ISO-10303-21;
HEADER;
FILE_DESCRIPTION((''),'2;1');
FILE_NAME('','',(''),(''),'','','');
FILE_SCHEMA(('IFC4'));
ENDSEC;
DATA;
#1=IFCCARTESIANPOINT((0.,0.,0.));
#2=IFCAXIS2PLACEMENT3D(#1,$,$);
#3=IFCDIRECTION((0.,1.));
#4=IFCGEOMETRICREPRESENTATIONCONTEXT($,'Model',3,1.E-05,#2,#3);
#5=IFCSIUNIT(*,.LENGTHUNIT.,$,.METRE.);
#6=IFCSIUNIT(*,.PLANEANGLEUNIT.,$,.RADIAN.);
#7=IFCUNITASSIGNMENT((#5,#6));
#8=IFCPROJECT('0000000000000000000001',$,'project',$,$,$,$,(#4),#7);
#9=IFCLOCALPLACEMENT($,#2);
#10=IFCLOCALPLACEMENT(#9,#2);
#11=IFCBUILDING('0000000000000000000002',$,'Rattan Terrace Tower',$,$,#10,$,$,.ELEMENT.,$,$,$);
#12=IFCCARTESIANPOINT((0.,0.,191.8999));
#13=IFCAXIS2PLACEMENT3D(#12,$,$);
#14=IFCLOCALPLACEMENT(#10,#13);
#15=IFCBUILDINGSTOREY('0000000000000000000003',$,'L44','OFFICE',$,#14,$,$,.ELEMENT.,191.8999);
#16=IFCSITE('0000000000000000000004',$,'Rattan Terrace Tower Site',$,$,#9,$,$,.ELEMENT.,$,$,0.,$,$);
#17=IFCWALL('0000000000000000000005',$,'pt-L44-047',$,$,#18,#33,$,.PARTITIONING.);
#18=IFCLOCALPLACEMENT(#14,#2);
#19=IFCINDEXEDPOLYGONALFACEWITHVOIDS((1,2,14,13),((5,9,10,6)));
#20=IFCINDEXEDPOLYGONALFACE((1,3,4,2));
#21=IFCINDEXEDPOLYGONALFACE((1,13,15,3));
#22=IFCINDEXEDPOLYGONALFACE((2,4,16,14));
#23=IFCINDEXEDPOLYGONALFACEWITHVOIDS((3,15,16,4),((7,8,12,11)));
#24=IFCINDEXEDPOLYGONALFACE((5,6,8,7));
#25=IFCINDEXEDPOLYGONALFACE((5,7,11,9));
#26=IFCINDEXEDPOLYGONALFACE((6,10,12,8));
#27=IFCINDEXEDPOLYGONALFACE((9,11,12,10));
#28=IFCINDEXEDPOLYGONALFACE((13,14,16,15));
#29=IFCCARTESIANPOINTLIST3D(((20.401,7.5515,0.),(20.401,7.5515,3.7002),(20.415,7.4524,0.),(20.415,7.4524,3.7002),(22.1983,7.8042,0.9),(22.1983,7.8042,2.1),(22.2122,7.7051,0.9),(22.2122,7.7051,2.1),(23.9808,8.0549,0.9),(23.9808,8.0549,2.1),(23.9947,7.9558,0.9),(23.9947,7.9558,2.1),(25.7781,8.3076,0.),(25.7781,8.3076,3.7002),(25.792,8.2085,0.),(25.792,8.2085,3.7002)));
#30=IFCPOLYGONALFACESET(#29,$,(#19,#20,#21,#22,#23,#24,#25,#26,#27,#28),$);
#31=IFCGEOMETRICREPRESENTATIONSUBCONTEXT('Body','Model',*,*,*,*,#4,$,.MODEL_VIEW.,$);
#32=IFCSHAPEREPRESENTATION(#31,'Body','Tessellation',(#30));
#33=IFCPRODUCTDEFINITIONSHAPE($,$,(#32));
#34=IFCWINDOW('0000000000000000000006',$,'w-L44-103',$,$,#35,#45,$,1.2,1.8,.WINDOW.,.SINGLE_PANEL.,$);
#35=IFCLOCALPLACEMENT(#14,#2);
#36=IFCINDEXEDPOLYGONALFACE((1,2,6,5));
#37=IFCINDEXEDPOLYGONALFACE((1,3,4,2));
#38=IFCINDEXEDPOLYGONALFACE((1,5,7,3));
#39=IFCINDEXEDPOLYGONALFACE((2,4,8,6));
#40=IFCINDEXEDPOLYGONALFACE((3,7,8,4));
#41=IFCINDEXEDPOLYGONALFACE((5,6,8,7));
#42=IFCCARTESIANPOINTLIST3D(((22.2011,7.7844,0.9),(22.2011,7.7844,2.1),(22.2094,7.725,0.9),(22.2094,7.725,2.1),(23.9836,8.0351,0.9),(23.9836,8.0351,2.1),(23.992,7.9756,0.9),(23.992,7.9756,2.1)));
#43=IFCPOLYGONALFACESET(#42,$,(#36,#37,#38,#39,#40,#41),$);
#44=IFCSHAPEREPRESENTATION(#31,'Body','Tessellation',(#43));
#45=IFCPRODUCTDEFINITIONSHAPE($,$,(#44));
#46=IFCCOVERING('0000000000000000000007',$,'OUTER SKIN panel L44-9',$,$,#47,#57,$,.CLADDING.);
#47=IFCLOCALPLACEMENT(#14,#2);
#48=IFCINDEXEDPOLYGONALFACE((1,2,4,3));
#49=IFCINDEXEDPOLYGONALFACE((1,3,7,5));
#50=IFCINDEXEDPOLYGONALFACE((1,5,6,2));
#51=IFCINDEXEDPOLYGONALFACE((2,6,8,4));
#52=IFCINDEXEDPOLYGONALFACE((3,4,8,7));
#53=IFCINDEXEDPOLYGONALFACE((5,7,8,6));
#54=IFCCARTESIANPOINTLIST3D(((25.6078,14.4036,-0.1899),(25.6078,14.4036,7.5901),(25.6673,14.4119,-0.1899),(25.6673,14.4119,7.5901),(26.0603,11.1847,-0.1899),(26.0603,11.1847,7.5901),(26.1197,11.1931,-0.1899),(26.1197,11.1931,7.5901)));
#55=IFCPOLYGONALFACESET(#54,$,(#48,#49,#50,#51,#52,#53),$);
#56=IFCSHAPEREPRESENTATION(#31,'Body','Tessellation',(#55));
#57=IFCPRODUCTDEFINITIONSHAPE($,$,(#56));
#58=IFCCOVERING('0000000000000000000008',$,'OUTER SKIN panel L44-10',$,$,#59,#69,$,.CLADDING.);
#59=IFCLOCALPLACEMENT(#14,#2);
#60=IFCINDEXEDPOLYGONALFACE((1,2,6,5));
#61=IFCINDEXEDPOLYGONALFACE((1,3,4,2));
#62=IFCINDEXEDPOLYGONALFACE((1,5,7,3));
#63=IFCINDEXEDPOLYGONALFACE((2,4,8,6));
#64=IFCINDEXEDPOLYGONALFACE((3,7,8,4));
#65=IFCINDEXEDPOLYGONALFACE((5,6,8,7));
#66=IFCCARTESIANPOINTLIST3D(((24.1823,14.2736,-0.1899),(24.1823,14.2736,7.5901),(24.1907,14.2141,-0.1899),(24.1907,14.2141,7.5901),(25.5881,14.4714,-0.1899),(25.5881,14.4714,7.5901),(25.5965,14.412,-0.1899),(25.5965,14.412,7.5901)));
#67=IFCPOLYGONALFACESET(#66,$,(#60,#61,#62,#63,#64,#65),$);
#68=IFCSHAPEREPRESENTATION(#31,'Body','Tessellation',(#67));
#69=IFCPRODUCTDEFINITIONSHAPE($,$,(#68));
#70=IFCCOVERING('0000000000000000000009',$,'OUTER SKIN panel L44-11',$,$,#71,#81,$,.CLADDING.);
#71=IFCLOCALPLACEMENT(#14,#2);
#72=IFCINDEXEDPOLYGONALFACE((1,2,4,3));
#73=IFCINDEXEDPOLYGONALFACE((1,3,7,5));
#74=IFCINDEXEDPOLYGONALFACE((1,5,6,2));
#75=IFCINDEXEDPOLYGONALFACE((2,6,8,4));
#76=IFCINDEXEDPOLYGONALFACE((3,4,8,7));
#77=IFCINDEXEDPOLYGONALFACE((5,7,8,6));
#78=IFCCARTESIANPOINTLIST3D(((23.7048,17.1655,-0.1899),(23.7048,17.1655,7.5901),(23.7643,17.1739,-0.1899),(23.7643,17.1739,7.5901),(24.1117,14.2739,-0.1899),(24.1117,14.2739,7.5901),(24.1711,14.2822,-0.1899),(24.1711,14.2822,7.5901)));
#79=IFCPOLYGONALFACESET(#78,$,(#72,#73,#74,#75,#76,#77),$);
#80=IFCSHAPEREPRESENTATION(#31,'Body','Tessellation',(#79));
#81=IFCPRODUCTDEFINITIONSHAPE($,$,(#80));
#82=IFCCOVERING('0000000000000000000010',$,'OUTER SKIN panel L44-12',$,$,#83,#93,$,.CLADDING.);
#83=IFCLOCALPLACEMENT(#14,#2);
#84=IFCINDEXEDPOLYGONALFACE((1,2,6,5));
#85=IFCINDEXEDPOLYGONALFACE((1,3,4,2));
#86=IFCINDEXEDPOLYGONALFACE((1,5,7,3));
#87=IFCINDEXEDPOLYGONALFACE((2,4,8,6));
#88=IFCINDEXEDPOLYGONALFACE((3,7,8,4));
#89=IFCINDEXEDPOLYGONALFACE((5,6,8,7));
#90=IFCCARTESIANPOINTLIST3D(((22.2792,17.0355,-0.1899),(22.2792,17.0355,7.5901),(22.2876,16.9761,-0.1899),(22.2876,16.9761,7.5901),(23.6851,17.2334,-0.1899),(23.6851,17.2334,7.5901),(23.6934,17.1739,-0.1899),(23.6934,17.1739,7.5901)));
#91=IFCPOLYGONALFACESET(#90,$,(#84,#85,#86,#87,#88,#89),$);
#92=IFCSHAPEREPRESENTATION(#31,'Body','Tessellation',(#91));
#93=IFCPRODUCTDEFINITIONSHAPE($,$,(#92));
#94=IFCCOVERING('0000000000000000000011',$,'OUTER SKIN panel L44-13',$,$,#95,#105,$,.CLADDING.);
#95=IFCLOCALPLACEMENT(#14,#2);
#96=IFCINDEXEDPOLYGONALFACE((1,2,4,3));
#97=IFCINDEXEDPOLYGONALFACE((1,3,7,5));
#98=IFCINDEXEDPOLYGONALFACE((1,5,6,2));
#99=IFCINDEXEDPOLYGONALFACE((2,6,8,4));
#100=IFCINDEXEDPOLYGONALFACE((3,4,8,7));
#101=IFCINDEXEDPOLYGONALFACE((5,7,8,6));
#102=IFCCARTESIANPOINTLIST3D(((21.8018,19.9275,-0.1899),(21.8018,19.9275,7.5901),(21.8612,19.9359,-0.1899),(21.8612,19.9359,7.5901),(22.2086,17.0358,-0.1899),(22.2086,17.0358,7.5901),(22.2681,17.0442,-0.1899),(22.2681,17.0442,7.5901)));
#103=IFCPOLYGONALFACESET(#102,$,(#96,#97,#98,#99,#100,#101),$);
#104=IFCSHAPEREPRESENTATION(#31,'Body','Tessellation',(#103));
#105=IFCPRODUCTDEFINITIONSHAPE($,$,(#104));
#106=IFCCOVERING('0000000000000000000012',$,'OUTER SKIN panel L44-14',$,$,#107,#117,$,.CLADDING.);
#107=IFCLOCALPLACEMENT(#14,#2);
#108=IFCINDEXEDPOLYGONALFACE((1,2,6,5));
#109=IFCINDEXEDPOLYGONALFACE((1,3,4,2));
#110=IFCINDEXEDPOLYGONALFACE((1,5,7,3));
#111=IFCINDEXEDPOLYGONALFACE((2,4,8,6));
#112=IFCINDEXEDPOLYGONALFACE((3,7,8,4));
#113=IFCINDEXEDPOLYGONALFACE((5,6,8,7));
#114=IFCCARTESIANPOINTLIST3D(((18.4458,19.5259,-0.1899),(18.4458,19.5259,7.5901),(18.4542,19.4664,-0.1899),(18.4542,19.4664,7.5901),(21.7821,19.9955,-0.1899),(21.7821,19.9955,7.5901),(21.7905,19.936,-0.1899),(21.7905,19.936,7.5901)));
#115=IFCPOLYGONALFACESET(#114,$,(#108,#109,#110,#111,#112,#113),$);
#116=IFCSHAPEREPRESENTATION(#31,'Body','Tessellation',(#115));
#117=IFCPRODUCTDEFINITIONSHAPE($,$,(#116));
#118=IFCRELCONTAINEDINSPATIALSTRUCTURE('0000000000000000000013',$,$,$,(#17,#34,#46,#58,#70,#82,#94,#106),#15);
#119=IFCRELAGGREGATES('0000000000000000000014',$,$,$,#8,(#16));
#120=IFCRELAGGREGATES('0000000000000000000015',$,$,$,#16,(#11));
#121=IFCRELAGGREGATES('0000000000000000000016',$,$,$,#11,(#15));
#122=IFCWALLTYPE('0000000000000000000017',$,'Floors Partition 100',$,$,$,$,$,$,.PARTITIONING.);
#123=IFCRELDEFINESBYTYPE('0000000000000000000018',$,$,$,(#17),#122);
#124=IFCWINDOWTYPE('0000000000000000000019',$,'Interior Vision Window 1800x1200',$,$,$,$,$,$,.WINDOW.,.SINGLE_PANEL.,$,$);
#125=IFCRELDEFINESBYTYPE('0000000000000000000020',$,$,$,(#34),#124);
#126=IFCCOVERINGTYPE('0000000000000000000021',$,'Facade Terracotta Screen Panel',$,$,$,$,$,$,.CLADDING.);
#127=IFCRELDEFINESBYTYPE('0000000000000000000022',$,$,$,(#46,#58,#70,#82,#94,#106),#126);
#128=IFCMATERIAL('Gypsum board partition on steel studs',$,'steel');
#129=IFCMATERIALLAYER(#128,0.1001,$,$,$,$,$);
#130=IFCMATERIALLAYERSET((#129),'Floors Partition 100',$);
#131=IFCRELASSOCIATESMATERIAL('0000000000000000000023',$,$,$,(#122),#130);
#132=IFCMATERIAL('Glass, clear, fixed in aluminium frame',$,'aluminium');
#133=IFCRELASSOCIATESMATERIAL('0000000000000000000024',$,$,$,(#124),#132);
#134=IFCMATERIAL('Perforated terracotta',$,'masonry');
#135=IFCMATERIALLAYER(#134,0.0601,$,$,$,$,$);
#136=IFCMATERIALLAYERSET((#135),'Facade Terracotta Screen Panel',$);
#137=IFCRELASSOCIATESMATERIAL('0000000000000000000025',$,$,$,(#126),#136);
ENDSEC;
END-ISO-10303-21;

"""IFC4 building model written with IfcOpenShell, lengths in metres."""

from ifc_helpers import new_model, si_unit, direction, frame, frame_2d, origin, origin_2d, place, context, subcontext, project, spatial, rectangle, extrude, material, layer, layer_set, type_object, element, fill, save


model = new_model("IFC4")

# Units and contexts
model_context = context("Model", 3, precision=1e-05, world=origin(), true_north=direction((0.0, 1.0)))
body_context = subcontext(model_context, "Body", "Model", "MODEL_VIEW")
ifc_project = project(units=[si_unit("LENGTHUNIT", "METRE"), si_unit("PLANEANGLEUNIT", "RADIAN")], contexts=[model_context])

# Site, building, storey
site_placement = place(None, origin())
site = spatial("IfcSite", under=ifc_project, at=site_placement, Name="Rattan Terrace Tower Site", CompositionType="ELEMENT", RefElevation=0.0)
building_placement = place(site_placement, origin())
building = spatial("IfcBuilding", under=site, at=building_placement, Name="Rattan Terrace Tower", CompositionType="ELEMENT")
storey_placement = place(building_placement, frame((0.0, 0.0, 191.8999)))
storey = spatial("IfcBuildingStorey", under=building, at=storey_placement, Name="L44", Description="OFFICE", CompositionType="ELEMENT", Elevation=191.8999)

# Wall, opening, window
ifc_material_1 = material(Name="Gypsum board partition on steel studs", Category="steel")
ifc_layer_1 = layer(ifc_material_1, 0.1001)
ifc_layer_set_1 = layer_set([ifc_layer_1], Name="Floors Partition 100")
wall_type_1 = type_object("IfcWallType", Name="Floors Partition 100", PredefinedType="PARTITIONING", material=ifc_layer_set_1)
wall_1_placement = place(storey_placement, frame((25.7849, 8.2581, 0.0), z_axis=(0.0, 0.0, 1.0), x_axis=(-0.990257, -0.139249, 0.0)))
wall_1 = element("IfcWall", 1, at=wall_1_placement, inside=storey, type_object=wall_type_1, Name="pt-L44-047", PredefinedType="PARTITIONING", context=body_context, shape_type="SweptSolid", body=[
    extrude(rectangle(XDim=5.4299, YDim=0.1001, at=frame_2d((2.7148, 0.0))), origin(), (0.0, 0.0, 1.0), 3.7002),
])
opening_placement = place(wall_1_placement, frame((1.8149, 0.0, 0.8999)))
opening = element("IfcOpeningElement", 2, at=opening_placement, cuts=wall_1, PredefinedType="OPENING", context=body_context, shape_type="SweptSolid", body=[
    extrude(rectangle(XDim=1.8, YDim=1.2, at=frame_2d((0.8999, 0.6001))), frame((0.0, 0.0605, 0.0), z_axis=(0.0, -1.0, 0.0), x_axis=(1.0, 0.0, 0.0)), (0.0, 0.0, 1.0), 0.1211),
])
ifc_material_2 = material(Name="Glass, clear, fixed in aluminium frame", Category="aluminium")
window_type = type_object("IfcWindowType", Name="Interior Vision Window 1800x1200", PartitioningType="SINGLE_PANEL", PredefinedType="WINDOW", material=ifc_material_2)
window_placement = place(opening_placement, origin())
window = element("IfcWindow", 3, at=window_placement, inside=storey, type_object=window_type, Name="w-L44-103", OverallHeight=1.2, OverallWidth=1.8, PartitioningType="SINGLE_PANEL", PredefinedType="WINDOW", context=body_context, shape_type="SweptSolid", body=[
    extrude(rectangle(XDim=1.8, YDim=1.2, at=frame_2d((0.8999, 0.6001))), frame((0.0, 0.03, 0.0), z_axis=(0.0, -1.0, 0.0), x_axis=(1.0, 0.0, 0.0)), (0.0, 0.0, 1.0), 0.0601),
])
fill(opening, window)

# Coverings
ifc_material_3 = material(Name="Perforated terracotta", Category="masonry")
ifc_layer_2 = layer(ifc_material_3, 0.0601)
ifc_layer_set_2 = layer_set([ifc_layer_2], Name="Facade Terracotta Screen Panel")
covering_type = type_object("IfcCoveringType", Name="Facade Terracotta Screen Panel", PredefinedType="CLADDING", material=ifc_layer_set_2)
covering_1_placement = place(storey_placement, frame((25.8638, 12.7983, -0.1899), z_axis=(0.0, 0.0, 1.0), x_axis=(-0.139191, 0.990266, 0.0)))
element("IfcCovering", 4, at=covering_1_placement, inside=storey, type_object=covering_type, Name="OUTER SKIN panel L44-9", PredefinedType="CLADDING", context=body_context, shape_type="SweptSolid", body=[
    extrude(rectangle(XDim=3.2505, YDim=0.0601, at=origin_2d()), origin(), (0.0, 0.0, 1.0), 7.78),
])
covering_2_placement = place(storey_placement, frame((24.8894, 14.3428, -0.1899), z_axis=(0.0, 0.0, 1.0), x_axis=(-0.990241, -0.139367, 0.0)))
element("IfcCovering", 5, at=covering_2_placement, inside=storey, type_object=covering_type, Name="OUTER SKIN panel L44-10", PredefinedType="CLADDING", context=body_context, shape_type="SweptSolid", body=[
    extrude(rectangle(XDim=1.4197, YDim=0.0601, at=origin_2d()), origin(), (0.0, 0.0, 1.0), 7.78),
])
covering_3_placement = place(storey_placement, frame((23.938, 15.7239, -0.1899), z_axis=(0.0, 0.0, 1.0), x_axis=(-0.139321, 0.990247, 0.0)))
element("IfcCovering", 6, at=covering_3_placement, inside=storey, type_object=covering_type, Name="OUTER SKIN panel L44-11", PredefinedType="CLADDING", context=body_context, shape_type="SweptSolid", body=[
    extrude(rectangle(XDim=2.9202, YDim=0.0601, at=origin_2d()), origin(), (0.0, 0.0, 1.0), 7.78),
])
covering_4_placement = place(storey_placement, frame((22.9863, 17.1047, -0.1899), z_axis=(0.0, 0.0, 1.0), x_axis=(-0.990241, -0.139367, 0.0)))
element("IfcCovering", 7, at=covering_4_placement, inside=storey, type_object=covering_type, Name="OUTER SKIN panel L44-12", PredefinedType="CLADDING", context=body_context, shape_type="SweptSolid", body=[
    extrude(rectangle(XDim=1.4197, YDim=0.0601, at=origin_2d()), origin(), (0.0, 0.0, 1.0), 7.78),
])
covering_5_placement = place(storey_placement, frame((22.0349, 18.4858, -0.1899), z_axis=(0.0, 0.0, 1.0), x_axis=(-0.139321, 0.990247, 0.0)))
element("IfcCovering", 8, at=covering_5_placement, inside=storey, type_object=covering_type, Name="OUTER SKIN panel L44-13", PredefinedType="CLADDING", context=body_context, shape_type="SweptSolid", body=[
    extrude(rectangle(XDim=2.9202, YDim=0.0601, at=origin_2d()), origin(), (0.0, 0.0, 1.0), 7.78),
])
covering_6_placement = place(storey_placement, frame((20.1182, 19.731, -0.1899), z_axis=(0.0, 0.0, 1.0), x_axis=(-0.990241, -0.139367, 0.0)))
element("IfcCovering", 9, at=covering_6_placement, inside=storey, type_object=covering_type, Name="OUTER SKIN panel L44-14", PredefinedType="CLADDING", context=body_context, shape_type="SweptSolid", body=[
    extrude(rectangle(XDim=3.3691, YDim=0.0601, at=origin_2d()), origin(), (0.0, 0.0, 1.0), 7.78),
])

save(model, "model.ifc")
